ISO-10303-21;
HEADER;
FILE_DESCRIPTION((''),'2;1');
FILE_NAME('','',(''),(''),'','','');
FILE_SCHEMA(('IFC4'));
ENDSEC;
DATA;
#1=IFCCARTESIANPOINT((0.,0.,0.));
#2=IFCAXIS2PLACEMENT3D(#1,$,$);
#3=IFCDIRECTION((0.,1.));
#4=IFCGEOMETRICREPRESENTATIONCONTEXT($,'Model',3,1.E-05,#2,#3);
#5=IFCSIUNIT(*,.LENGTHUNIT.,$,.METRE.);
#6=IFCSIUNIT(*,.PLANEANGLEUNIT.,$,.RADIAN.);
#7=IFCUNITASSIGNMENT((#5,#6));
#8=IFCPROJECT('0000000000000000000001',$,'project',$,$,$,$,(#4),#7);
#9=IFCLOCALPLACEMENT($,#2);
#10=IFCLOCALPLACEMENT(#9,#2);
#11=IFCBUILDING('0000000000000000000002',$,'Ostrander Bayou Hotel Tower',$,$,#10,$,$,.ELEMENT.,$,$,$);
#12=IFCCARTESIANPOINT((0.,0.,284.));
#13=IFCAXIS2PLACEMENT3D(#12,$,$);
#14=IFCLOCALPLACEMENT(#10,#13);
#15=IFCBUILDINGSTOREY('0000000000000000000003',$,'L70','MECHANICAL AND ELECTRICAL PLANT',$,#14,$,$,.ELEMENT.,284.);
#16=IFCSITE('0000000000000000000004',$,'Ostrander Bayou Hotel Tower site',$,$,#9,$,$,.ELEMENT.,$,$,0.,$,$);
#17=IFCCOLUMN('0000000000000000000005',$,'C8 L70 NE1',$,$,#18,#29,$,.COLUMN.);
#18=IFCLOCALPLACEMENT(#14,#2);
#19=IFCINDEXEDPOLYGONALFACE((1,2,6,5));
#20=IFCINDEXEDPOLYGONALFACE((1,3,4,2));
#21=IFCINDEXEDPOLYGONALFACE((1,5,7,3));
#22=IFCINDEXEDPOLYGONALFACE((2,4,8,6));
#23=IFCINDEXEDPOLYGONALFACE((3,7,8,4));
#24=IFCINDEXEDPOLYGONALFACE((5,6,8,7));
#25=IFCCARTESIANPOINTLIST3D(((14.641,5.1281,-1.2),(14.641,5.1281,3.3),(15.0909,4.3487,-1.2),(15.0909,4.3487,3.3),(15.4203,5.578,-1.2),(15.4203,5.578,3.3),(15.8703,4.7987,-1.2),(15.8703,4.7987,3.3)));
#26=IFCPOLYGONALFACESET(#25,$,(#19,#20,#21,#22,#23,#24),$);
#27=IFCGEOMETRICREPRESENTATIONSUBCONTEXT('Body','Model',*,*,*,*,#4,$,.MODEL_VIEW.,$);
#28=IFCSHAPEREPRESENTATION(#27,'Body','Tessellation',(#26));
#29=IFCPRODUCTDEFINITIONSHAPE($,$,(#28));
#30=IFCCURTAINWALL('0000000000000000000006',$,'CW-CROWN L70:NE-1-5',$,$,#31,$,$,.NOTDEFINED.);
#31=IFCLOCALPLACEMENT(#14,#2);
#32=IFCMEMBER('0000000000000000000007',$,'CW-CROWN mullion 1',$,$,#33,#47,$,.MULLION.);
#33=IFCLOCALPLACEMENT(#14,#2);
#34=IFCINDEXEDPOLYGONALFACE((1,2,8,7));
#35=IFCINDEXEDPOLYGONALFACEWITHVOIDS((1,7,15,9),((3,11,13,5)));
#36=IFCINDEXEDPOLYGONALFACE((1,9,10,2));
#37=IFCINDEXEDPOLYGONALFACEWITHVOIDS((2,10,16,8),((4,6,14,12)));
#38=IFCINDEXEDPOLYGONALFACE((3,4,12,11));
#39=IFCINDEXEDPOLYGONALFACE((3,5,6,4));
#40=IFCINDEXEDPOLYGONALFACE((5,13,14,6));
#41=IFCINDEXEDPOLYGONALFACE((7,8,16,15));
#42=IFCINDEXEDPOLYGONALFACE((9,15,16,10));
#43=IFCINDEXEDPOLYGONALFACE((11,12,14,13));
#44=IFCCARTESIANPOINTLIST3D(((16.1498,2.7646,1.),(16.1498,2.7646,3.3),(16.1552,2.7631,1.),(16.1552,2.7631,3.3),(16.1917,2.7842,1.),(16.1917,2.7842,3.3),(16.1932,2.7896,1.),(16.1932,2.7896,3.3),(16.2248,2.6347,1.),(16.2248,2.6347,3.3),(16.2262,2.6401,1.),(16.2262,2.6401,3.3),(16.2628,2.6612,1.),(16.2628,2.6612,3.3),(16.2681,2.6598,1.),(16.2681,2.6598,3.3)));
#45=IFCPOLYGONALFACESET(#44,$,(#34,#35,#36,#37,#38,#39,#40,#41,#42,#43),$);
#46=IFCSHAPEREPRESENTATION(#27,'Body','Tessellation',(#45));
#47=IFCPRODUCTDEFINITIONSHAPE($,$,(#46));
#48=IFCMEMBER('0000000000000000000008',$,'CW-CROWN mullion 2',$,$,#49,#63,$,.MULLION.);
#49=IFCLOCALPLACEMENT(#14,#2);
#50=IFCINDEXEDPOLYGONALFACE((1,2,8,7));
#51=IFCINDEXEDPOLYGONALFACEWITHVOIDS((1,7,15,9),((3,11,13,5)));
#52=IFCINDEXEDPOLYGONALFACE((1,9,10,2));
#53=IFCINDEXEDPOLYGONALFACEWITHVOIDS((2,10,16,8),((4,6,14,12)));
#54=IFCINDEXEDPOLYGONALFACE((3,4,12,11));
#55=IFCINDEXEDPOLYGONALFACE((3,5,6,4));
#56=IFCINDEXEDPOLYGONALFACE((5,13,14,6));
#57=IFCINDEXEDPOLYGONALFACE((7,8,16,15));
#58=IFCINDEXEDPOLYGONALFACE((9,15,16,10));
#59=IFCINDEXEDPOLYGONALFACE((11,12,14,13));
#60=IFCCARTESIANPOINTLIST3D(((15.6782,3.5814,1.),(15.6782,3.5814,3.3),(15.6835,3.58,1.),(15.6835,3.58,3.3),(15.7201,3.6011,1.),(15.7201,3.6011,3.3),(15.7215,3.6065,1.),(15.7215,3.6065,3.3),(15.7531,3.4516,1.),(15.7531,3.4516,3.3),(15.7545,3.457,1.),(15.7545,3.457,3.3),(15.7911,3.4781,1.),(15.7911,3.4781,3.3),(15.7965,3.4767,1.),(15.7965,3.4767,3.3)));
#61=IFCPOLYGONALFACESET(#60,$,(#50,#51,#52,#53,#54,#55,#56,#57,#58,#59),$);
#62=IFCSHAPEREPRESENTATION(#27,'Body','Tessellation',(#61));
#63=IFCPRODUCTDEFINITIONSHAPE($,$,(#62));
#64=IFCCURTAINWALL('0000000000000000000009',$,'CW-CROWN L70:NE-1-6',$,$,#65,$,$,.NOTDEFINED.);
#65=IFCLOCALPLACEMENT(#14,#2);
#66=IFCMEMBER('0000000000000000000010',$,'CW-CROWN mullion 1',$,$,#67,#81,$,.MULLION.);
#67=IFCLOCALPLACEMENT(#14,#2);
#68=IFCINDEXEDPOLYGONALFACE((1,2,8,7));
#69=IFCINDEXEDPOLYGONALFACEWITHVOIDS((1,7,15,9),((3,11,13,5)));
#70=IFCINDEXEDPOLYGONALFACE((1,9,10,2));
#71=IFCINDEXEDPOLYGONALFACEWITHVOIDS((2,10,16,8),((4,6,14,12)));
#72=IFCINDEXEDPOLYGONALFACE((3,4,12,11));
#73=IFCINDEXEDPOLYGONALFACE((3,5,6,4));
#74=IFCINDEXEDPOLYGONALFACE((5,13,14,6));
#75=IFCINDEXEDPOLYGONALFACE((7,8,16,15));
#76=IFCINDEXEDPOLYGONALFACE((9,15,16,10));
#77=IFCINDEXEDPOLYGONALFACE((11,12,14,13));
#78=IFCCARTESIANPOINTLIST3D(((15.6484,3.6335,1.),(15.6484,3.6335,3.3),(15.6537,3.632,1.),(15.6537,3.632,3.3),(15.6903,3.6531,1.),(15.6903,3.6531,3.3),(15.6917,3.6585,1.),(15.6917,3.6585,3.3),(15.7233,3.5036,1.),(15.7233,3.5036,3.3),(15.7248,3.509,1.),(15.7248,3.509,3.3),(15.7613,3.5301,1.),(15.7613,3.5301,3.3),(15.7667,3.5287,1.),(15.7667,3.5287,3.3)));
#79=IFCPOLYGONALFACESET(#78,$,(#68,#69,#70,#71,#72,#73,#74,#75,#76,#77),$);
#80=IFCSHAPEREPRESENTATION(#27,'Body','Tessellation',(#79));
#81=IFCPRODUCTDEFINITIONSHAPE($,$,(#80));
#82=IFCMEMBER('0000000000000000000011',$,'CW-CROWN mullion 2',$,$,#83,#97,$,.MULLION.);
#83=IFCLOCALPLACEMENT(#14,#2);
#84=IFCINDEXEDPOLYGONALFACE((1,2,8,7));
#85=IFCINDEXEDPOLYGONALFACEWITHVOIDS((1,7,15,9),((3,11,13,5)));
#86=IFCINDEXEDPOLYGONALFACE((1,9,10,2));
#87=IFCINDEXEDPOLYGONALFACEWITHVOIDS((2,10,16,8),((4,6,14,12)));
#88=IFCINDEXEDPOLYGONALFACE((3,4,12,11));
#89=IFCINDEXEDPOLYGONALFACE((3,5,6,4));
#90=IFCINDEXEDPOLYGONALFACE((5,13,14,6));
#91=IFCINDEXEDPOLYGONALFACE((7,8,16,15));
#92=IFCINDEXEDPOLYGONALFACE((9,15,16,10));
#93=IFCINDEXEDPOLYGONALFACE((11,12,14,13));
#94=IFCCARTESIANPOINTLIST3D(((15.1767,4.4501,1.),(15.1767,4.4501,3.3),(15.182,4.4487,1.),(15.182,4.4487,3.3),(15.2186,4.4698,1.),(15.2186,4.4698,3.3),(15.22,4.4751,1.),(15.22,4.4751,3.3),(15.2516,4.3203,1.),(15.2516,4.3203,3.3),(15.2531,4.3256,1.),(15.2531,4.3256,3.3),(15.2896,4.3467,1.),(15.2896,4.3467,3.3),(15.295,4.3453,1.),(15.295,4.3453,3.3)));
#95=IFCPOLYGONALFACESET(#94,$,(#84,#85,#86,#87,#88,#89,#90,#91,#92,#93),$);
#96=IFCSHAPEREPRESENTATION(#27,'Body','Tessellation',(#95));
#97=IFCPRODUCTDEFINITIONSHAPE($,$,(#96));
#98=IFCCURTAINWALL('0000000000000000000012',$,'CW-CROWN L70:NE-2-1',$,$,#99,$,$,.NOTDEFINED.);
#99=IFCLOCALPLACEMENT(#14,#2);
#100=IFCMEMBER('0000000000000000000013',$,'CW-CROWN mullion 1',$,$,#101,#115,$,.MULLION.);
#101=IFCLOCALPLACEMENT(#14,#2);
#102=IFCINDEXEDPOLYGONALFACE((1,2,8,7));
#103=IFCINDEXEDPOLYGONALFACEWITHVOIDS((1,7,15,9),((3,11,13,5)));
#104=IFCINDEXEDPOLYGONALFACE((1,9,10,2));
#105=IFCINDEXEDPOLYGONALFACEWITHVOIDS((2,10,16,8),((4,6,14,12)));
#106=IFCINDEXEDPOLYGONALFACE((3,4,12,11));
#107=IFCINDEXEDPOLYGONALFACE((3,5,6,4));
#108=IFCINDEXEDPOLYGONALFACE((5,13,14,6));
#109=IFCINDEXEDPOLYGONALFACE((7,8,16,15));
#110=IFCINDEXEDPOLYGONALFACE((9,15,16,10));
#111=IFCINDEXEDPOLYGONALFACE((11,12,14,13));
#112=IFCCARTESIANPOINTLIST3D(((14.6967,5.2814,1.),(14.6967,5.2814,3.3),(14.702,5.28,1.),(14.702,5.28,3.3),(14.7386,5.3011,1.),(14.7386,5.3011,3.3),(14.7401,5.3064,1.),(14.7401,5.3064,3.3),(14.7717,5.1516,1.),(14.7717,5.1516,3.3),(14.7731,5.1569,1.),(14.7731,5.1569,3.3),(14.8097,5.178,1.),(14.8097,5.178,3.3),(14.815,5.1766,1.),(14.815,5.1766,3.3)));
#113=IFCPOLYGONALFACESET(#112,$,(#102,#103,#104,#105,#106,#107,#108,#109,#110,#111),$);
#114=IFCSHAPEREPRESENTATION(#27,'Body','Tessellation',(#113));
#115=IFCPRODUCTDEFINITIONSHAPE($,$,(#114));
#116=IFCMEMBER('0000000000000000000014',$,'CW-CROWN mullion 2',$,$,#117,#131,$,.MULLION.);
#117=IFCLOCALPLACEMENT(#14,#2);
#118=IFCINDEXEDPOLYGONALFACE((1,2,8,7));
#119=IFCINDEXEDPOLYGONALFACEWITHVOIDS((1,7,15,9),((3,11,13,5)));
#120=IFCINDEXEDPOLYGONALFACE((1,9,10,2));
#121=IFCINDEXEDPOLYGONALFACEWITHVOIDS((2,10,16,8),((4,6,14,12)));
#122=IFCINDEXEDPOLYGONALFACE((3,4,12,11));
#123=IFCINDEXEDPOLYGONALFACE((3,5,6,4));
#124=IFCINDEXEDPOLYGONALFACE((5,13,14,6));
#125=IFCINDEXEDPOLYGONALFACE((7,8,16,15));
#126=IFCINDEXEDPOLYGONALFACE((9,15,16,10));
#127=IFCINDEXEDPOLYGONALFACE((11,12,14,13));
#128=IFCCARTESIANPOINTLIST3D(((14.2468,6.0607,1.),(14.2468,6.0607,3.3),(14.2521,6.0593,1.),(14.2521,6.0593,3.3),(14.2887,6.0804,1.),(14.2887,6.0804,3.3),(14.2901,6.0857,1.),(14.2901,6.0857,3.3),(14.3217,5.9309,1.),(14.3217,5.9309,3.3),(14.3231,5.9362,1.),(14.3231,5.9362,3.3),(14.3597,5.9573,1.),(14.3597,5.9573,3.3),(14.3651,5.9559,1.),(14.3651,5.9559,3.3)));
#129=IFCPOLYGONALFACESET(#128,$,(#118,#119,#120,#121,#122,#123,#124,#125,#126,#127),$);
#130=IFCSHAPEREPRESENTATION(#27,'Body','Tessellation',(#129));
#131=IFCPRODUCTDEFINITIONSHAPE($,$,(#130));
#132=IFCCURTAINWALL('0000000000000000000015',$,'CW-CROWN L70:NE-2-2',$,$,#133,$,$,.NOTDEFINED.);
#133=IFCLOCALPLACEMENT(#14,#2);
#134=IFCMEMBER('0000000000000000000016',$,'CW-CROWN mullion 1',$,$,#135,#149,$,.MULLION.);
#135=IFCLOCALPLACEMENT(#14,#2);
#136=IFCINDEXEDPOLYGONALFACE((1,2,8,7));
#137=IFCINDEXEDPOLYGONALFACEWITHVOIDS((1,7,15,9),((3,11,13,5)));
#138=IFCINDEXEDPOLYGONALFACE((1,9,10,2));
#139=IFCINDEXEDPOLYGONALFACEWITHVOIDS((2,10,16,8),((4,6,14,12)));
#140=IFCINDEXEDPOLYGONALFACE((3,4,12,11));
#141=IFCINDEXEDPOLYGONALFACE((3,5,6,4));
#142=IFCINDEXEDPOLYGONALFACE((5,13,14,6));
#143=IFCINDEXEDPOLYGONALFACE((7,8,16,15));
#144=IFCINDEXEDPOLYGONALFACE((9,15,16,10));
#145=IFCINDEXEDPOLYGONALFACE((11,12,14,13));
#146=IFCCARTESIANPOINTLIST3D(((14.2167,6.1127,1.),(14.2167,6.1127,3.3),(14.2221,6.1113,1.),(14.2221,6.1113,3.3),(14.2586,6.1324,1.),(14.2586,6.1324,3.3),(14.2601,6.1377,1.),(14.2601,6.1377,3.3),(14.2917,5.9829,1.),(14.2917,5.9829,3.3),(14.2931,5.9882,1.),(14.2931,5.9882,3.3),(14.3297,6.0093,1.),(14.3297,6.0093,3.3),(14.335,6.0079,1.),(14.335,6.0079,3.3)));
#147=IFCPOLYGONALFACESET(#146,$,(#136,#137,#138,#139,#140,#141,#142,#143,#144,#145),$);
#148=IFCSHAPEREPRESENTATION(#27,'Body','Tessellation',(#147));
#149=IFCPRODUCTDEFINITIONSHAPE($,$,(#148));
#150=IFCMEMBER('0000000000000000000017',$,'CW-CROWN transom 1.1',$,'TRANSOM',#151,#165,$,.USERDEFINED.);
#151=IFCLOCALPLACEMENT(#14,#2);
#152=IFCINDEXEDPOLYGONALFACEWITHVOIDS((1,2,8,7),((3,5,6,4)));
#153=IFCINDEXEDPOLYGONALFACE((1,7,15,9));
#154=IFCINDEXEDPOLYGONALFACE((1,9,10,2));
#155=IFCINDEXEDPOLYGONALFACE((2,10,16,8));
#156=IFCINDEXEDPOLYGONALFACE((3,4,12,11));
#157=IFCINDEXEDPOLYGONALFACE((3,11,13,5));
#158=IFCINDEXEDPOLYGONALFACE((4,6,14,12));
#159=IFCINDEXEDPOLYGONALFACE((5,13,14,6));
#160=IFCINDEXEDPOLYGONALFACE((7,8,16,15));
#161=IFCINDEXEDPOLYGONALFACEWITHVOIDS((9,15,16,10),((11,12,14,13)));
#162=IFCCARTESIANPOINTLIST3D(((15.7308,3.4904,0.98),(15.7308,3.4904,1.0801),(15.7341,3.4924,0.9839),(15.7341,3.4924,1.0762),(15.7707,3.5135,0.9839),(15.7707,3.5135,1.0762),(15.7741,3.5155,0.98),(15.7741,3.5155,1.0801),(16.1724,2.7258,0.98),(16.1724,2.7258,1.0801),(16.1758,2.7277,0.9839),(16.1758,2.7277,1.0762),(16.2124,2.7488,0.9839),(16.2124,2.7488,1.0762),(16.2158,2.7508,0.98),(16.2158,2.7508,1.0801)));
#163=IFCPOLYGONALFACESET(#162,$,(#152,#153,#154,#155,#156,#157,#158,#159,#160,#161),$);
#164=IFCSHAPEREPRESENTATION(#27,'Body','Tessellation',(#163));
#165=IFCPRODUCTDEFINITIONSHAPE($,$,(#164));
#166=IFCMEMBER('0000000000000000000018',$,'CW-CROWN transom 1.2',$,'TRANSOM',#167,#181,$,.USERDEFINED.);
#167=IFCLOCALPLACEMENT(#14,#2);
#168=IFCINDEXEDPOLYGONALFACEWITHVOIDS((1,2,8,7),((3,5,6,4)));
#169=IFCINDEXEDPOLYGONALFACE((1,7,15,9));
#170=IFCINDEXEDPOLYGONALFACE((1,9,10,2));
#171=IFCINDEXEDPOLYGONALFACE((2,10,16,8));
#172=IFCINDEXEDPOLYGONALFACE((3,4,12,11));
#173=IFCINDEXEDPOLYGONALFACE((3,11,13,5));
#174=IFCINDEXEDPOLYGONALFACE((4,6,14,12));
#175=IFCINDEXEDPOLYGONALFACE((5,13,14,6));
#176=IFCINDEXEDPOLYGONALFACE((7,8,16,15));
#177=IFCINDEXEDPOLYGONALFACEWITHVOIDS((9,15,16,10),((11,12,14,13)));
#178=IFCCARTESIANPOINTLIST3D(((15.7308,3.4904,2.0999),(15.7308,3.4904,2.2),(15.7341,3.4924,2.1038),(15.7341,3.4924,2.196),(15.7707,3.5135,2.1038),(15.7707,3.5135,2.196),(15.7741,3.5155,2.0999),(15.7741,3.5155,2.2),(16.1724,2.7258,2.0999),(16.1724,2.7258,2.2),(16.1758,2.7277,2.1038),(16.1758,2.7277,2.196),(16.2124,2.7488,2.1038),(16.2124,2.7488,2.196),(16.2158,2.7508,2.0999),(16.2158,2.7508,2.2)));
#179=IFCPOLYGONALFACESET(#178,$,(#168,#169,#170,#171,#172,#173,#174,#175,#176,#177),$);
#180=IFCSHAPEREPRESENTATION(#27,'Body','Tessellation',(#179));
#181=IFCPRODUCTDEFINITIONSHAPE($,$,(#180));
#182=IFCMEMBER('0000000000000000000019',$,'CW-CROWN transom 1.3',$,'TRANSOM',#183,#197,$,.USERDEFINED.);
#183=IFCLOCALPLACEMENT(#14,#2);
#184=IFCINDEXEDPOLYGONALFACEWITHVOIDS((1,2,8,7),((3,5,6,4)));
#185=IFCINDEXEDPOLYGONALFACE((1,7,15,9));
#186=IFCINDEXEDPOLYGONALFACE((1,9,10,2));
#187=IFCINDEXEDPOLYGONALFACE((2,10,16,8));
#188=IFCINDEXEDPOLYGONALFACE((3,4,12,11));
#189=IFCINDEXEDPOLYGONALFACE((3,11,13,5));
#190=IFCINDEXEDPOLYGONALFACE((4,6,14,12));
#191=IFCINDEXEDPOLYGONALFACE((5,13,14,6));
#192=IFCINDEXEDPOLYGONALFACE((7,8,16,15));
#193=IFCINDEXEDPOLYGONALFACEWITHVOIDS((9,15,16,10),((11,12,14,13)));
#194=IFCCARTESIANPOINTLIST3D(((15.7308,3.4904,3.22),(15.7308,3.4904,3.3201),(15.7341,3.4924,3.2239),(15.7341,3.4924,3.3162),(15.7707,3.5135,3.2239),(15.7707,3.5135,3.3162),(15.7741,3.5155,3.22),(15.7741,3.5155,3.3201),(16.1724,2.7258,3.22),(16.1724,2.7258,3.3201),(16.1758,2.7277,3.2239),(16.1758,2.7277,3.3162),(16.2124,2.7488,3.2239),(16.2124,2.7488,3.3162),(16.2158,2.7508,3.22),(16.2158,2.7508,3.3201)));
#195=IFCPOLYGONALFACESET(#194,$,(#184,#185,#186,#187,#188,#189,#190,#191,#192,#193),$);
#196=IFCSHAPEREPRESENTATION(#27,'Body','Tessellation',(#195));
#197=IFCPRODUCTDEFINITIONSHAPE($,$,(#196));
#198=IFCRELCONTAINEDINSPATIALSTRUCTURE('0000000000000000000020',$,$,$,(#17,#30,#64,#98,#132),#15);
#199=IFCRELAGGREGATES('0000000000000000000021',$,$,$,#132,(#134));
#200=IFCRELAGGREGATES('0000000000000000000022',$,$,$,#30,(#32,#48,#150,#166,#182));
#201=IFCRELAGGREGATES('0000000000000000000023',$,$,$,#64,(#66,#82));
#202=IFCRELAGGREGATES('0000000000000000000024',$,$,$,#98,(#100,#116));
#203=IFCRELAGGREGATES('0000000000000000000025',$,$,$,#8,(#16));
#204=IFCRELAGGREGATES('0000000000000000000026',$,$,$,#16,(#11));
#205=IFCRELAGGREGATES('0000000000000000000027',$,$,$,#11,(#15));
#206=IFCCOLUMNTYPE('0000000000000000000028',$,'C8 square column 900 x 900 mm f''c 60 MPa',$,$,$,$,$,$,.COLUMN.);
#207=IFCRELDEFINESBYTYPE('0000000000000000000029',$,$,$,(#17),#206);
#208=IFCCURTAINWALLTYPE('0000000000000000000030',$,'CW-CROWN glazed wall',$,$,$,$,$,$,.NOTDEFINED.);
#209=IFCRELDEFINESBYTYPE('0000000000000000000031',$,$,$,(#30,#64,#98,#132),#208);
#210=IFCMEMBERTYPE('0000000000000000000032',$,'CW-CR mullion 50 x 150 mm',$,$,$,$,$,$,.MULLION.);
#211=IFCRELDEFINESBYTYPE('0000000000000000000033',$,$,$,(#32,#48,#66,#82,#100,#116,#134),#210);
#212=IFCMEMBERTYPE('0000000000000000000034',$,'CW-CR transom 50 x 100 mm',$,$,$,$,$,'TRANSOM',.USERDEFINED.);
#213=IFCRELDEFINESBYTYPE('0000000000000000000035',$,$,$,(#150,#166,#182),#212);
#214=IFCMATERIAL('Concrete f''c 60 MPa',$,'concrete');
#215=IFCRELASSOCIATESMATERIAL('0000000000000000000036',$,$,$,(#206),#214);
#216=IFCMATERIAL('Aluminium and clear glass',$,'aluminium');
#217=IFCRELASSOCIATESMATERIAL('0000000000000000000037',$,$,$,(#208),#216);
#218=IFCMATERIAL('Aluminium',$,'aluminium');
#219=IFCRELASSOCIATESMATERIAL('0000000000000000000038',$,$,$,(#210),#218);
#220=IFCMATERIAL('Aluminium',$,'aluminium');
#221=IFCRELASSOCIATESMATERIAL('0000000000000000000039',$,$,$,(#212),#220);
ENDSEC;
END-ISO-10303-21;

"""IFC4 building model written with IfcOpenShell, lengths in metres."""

from ifc_helpers import new_model, si_unit, direction, frame, origin, origin_2d, place, context, subcontext, project, spatial, rectangle, hollow_rectangle, extrude, material, material_profile, profile_set, type_object, element, aggregate, save


model = new_model("IFC4")

# Units and contexts
model_context = context("Model", 3, precision=1e-05, world=origin(), true_north=direction((0.0, 1.0)))
body_context = subcontext(model_context, "Body", "Model", "MODEL_VIEW")
ifc_project = project(units=[si_unit("LENGTHUNIT", "METRE"), si_unit("PLANEANGLEUNIT", "RADIAN")], contexts=[model_context])

# Site, building, storey
site_placement = place(None, origin())
site = spatial("IfcSite", under=ifc_project, at=site_placement, Name="Ostrander Bayou Hotel Tower site", CompositionType="ELEMENT", RefElevation=0.0)
building_placement = place(site_placement, origin())
building = spatial("IfcBuilding", under=site, at=building_placement, Name="Ostrander Bayou Hotel Tower", CompositionType="ELEMENT")
storey_placement = place(building_placement, frame((0.0, 0.0, 284.0)))
storey = spatial("IfcBuildingStorey", under=building, at=storey_placement, Name="L70", Description="MECHANICAL AND ELECTRICAL PLANT", CompositionType="ELEMENT", Elevation=284.0)

# Column
ifc_material_1 = material(Name="Concrete f'c 60 MPa", Category="concrete")
ifc_material_profile_1 = material_profile(ifc_material_1, rectangle(XDim=0.8999, YDim=0.8999, at=origin_2d()))
ifc_profile_set_1 = profile_set([ifc_material_profile_1], Name="Concrete f'c 60 MPa")
column_type = type_object("IfcColumnType", Name="C8 square column 900 x 900 mm f'c 60 MPa", PredefinedType="COLUMN", material=ifc_profile_set_1)
column_placement = place(storey_placement, frame((15.2556, 4.9634, -1.2), z_axis=(0.0, 0.0, 1.0), x_axis=(0.5, -0.866025, 0.0)))
element("IfcColumn", 1, at=column_placement, inside=storey, type_object=column_type, Name="C8 L70 NE1", PredefinedType="COLUMN", context=body_context, shape_type="SweptSolid", body=[
    extrude(rectangle(XDim=0.8999, YDim=0.8999, at=origin_2d()), origin(), (0.0, 0.0, 1.0), 4.5),
])

# Curtain walls, members
ifc_material_2 = material(Name="Aluminium and clear glass", Category="aluminium")
curtain_wall_type = type_object("IfcCurtainWallType", Name="CW-CROWN glazed wall", PredefinedType="NOTDEFINED", material=ifc_material_2)
curtain_wall_1_placement = place(storey_placement, origin())
curtain_wall_1 = element("IfcCurtainWall", 2, at=curtain_wall_1_placement, inside=storey, type_object=curtain_wall_type, Name="CW-CROWN L70:NE-1-5", PredefinedType="NOTDEFINED")
ifc_material_3 = material(Name="Aluminium", Category="aluminium")
ifc_material_profile_2 = material_profile(ifc_material_3, hollow_rectangle(XDim=0.05, YDim=0.1499, WallThickness=0.0039, at=origin_2d()))
ifc_profile_set_2 = profile_set([ifc_material_profile_2], Name="Aluminium")
member_type_1 = type_object("IfcMemberType", Name="CW-CR mullion 50 x 150 mm", PredefinedType="MULLION", material=ifc_profile_set_2)
member_1_placement = place(storey_placement, frame((16.209, 2.7122, 1.0), z_axis=(0.0, 0.0, 1.0), x_axis=(-0.866001, -0.500042, 0.0)))
member_1 = element("IfcMember", 3, at=member_1_placement, type_object=member_type_1, Name="CW-CROWN mullion 1", PredefinedType="MULLION", context=body_context, shape_type="SweptSolid", body=[
    extrude(hollow_rectangle(XDim=0.05, YDim=0.1499, WallThickness=0.0039, at=origin_2d()), origin(), (0.0, 0.0, 1.0), 2.3),
])
member_2_placement = place(storey_placement, frame((15.7373, 3.5291, 1.0), z_axis=(0.0, 0.0, 1.0), x_axis=(-0.866001, -0.500042, 0.0)))
member_2 = element("IfcMember", 4, at=member_2_placement, type_object=member_type_1, Name="CW-CROWN mullion 2", PredefinedType="MULLION", context=body_context, shape_type="SweptSolid", body=[
    extrude(hollow_rectangle(XDim=0.05, YDim=0.1499, WallThickness=0.0039, at=origin_2d()), origin(), (0.0, 0.0, 1.0), 2.3),
])
curtain_wall_2_placement = place(storey_placement, origin())
curtain_wall_2 = element("IfcCurtainWall", 5, at=curtain_wall_2_placement, inside=storey, type_object=curtain_wall_type, Name="CW-CROWN L70:NE-1-6", PredefinedType="NOTDEFINED")
member_3_placement = place(storey_placement, frame((15.7075, 3.5811, 1.0), z_axis=(0.0, 0.0, 1.0), x_axis=(-0.866044, -0.499967, 0.0)))
member_3 = element("IfcMember", 6, at=member_3_placement, type_object=member_type_1, Name="CW-CROWN mullion 1", PredefinedType="MULLION", context=body_context, shape_type="SweptSolid", body=[
    extrude(hollow_rectangle(XDim=0.05, YDim=0.1499, WallThickness=0.0039, at=origin_2d()), origin(), (0.0, 0.0, 1.0), 2.3),
])
member_4_placement = place(storey_placement, frame((15.2358, 4.3977, 1.0), z_axis=(0.0, 0.0, 1.0), x_axis=(-0.866044, -0.499967, 0.0)))
member_4 = element("IfcMember", 7, at=member_4_placement, type_object=member_type_1, Name="CW-CROWN mullion 2", PredefinedType="MULLION", context=body_context, shape_type="SweptSolid", body=[
    extrude(hollow_rectangle(XDim=0.05, YDim=0.1499, WallThickness=0.0039, at=origin_2d()), origin(), (0.0, 0.0, 1.0), 2.3),
])
curtain_wall_3_placement = place(storey_placement, origin())
curtain_wall_3 = element("IfcCurtainWall", 8, at=curtain_wall_3_placement, inside=storey, type_object=curtain_wall_type, Name="CW-CROWN L70:NE-2-1", PredefinedType="NOTDEFINED")
member_5_placement = place(storey_placement, frame((14.7559, 5.229, 1.0), z_axis=(0.0, 0.0, 1.0), x_axis=(-0.866022, -0.500005, 0.0)))
member_5 = element("IfcMember", 9, at=member_5_placement, type_object=member_type_1, Name="CW-CROWN mullion 1", PredefinedType="MULLION", context=body_context, shape_type="SweptSolid", body=[
    extrude(hollow_rectangle(XDim=0.05, YDim=0.1499, WallThickness=0.0039, at=origin_2d()), origin(), (0.0, 0.0, 1.0), 2.3),
])
member_6_placement = place(storey_placement, frame((14.3059, 6.0083, 1.0), z_axis=(0.0, 0.0, 1.0), x_axis=(-0.866022, -0.500005, 0.0)))
member_6 = element("IfcMember", 10, at=member_6_placement, type_object=member_type_1, Name="CW-CROWN mullion 2", PredefinedType="MULLION", context=body_context, shape_type="SweptSolid", body=[
    extrude(hollow_rectangle(XDim=0.05, YDim=0.1499, WallThickness=0.0039, at=origin_2d()), origin(), (0.0, 0.0, 1.0), 2.3),
])

# Curtain wall, member
curtain_wall_4_placement = place(storey_placement, origin())
curtain_wall_4 = element("IfcCurtainWall", 11, at=curtain_wall_4_placement, inside=storey, type_object=curtain_wall_type, Name="CW-CROWN L70:NE-2-2", PredefinedType="NOTDEFINED")
member_7_placement = place(storey_placement, frame((14.2759, 6.0603, 1.0), z_axis=(0.0, 0.0, 1.0), x_axis=(-0.866022, -0.500005, 0.0)))
member_7 = element("IfcMember", 12, at=member_7_placement, type_object=member_type_1, Name="CW-CROWN mullion 1", PredefinedType="MULLION", context=body_context, shape_type="SweptSolid", body=[
    extrude(hollow_rectangle(XDim=0.05, YDim=0.1499, WallThickness=0.0039, at=origin_2d()), origin(), (0.0, 0.0, 1.0), 2.3),
])
aggregate(curtain_wall_4, [member_7])

# Members
ifc_material_4 = material(Name="Aluminium", Category="aluminium")
ifc_material_profile_3 = material_profile(ifc_material_4, hollow_rectangle(XDim=0.05, YDim=0.1001, WallThickness=0.0039, at=origin_2d()))
ifc_profile_set_3 = profile_set([ifc_material_profile_3], Name="Aluminium")
member_type_2 = type_object("IfcMemberType", Name="CW-CR transom 50 x 100 mm", ElementType="TRANSOM", PredefinedType="USERDEFINED", material=ifc_profile_set_3)
member_8_placement = place(storey_placement, frame((16.1941, 2.7383, 1.03), z_axis=(-0.500153, 0.865937, 0.0), x_axis=(-0.865937, -0.500153, 0.0)))
member_8 = element("IfcMember", 13, at=member_8_placement, type_object=member_type_2, Name="CW-CROWN transom 1.1", ObjectType="TRANSOM", PredefinedType="USERDEFINED", context=body_context, shape_type="SweptSolid", body=[
    extrude(hollow_rectangle(XDim=0.05, YDim=0.1001, WallThickness=0.0039, at=origin_2d()), origin(), (0.0, 0.0, 1.0), 0.8831),
])
member_9_placement = place(storey_placement, frame((16.1941, 2.7383, 2.1499), z_axis=(-0.500153, 0.865937, 0.0), x_axis=(-0.865937, -0.500153, 0.0)))
member_9 = element("IfcMember", 14, at=member_9_placement, type_object=member_type_2, Name="CW-CROWN transom 1.2", ObjectType="TRANSOM", PredefinedType="USERDEFINED", context=body_context, shape_type="SweptSolid", body=[
    extrude(hollow_rectangle(XDim=0.05, YDim=0.1001, WallThickness=0.0039, at=origin_2d()), origin(), (0.0, 0.0, 1.0), 0.8831),
])
member_10_placement = place(storey_placement, frame((16.1941, 2.7383, 3.27), z_axis=(-0.500153, 0.865937, 0.0), x_axis=(-0.865937, -0.500153, 0.0)))
member_10 = element("IfcMember", 15, at=member_10_placement, type_object=member_type_2, Name="CW-CROWN transom 1.3", ObjectType="TRANSOM", PredefinedType="USERDEFINED", context=body_context, shape_type="SweptSolid", body=[
    extrude(hollow_rectangle(XDim=0.05, YDim=0.1001, WallThickness=0.0039, at=origin_2d()), origin(), (0.0, 0.0, 1.0), 0.8831),
])

aggregate(curtain_wall_1, [member_1, member_2, member_8, member_9, member_10])
aggregate(curtain_wall_2, [member_3, member_4])
aggregate(curtain_wall_3, [member_5, member_6])

save(model, "model.ifc")
